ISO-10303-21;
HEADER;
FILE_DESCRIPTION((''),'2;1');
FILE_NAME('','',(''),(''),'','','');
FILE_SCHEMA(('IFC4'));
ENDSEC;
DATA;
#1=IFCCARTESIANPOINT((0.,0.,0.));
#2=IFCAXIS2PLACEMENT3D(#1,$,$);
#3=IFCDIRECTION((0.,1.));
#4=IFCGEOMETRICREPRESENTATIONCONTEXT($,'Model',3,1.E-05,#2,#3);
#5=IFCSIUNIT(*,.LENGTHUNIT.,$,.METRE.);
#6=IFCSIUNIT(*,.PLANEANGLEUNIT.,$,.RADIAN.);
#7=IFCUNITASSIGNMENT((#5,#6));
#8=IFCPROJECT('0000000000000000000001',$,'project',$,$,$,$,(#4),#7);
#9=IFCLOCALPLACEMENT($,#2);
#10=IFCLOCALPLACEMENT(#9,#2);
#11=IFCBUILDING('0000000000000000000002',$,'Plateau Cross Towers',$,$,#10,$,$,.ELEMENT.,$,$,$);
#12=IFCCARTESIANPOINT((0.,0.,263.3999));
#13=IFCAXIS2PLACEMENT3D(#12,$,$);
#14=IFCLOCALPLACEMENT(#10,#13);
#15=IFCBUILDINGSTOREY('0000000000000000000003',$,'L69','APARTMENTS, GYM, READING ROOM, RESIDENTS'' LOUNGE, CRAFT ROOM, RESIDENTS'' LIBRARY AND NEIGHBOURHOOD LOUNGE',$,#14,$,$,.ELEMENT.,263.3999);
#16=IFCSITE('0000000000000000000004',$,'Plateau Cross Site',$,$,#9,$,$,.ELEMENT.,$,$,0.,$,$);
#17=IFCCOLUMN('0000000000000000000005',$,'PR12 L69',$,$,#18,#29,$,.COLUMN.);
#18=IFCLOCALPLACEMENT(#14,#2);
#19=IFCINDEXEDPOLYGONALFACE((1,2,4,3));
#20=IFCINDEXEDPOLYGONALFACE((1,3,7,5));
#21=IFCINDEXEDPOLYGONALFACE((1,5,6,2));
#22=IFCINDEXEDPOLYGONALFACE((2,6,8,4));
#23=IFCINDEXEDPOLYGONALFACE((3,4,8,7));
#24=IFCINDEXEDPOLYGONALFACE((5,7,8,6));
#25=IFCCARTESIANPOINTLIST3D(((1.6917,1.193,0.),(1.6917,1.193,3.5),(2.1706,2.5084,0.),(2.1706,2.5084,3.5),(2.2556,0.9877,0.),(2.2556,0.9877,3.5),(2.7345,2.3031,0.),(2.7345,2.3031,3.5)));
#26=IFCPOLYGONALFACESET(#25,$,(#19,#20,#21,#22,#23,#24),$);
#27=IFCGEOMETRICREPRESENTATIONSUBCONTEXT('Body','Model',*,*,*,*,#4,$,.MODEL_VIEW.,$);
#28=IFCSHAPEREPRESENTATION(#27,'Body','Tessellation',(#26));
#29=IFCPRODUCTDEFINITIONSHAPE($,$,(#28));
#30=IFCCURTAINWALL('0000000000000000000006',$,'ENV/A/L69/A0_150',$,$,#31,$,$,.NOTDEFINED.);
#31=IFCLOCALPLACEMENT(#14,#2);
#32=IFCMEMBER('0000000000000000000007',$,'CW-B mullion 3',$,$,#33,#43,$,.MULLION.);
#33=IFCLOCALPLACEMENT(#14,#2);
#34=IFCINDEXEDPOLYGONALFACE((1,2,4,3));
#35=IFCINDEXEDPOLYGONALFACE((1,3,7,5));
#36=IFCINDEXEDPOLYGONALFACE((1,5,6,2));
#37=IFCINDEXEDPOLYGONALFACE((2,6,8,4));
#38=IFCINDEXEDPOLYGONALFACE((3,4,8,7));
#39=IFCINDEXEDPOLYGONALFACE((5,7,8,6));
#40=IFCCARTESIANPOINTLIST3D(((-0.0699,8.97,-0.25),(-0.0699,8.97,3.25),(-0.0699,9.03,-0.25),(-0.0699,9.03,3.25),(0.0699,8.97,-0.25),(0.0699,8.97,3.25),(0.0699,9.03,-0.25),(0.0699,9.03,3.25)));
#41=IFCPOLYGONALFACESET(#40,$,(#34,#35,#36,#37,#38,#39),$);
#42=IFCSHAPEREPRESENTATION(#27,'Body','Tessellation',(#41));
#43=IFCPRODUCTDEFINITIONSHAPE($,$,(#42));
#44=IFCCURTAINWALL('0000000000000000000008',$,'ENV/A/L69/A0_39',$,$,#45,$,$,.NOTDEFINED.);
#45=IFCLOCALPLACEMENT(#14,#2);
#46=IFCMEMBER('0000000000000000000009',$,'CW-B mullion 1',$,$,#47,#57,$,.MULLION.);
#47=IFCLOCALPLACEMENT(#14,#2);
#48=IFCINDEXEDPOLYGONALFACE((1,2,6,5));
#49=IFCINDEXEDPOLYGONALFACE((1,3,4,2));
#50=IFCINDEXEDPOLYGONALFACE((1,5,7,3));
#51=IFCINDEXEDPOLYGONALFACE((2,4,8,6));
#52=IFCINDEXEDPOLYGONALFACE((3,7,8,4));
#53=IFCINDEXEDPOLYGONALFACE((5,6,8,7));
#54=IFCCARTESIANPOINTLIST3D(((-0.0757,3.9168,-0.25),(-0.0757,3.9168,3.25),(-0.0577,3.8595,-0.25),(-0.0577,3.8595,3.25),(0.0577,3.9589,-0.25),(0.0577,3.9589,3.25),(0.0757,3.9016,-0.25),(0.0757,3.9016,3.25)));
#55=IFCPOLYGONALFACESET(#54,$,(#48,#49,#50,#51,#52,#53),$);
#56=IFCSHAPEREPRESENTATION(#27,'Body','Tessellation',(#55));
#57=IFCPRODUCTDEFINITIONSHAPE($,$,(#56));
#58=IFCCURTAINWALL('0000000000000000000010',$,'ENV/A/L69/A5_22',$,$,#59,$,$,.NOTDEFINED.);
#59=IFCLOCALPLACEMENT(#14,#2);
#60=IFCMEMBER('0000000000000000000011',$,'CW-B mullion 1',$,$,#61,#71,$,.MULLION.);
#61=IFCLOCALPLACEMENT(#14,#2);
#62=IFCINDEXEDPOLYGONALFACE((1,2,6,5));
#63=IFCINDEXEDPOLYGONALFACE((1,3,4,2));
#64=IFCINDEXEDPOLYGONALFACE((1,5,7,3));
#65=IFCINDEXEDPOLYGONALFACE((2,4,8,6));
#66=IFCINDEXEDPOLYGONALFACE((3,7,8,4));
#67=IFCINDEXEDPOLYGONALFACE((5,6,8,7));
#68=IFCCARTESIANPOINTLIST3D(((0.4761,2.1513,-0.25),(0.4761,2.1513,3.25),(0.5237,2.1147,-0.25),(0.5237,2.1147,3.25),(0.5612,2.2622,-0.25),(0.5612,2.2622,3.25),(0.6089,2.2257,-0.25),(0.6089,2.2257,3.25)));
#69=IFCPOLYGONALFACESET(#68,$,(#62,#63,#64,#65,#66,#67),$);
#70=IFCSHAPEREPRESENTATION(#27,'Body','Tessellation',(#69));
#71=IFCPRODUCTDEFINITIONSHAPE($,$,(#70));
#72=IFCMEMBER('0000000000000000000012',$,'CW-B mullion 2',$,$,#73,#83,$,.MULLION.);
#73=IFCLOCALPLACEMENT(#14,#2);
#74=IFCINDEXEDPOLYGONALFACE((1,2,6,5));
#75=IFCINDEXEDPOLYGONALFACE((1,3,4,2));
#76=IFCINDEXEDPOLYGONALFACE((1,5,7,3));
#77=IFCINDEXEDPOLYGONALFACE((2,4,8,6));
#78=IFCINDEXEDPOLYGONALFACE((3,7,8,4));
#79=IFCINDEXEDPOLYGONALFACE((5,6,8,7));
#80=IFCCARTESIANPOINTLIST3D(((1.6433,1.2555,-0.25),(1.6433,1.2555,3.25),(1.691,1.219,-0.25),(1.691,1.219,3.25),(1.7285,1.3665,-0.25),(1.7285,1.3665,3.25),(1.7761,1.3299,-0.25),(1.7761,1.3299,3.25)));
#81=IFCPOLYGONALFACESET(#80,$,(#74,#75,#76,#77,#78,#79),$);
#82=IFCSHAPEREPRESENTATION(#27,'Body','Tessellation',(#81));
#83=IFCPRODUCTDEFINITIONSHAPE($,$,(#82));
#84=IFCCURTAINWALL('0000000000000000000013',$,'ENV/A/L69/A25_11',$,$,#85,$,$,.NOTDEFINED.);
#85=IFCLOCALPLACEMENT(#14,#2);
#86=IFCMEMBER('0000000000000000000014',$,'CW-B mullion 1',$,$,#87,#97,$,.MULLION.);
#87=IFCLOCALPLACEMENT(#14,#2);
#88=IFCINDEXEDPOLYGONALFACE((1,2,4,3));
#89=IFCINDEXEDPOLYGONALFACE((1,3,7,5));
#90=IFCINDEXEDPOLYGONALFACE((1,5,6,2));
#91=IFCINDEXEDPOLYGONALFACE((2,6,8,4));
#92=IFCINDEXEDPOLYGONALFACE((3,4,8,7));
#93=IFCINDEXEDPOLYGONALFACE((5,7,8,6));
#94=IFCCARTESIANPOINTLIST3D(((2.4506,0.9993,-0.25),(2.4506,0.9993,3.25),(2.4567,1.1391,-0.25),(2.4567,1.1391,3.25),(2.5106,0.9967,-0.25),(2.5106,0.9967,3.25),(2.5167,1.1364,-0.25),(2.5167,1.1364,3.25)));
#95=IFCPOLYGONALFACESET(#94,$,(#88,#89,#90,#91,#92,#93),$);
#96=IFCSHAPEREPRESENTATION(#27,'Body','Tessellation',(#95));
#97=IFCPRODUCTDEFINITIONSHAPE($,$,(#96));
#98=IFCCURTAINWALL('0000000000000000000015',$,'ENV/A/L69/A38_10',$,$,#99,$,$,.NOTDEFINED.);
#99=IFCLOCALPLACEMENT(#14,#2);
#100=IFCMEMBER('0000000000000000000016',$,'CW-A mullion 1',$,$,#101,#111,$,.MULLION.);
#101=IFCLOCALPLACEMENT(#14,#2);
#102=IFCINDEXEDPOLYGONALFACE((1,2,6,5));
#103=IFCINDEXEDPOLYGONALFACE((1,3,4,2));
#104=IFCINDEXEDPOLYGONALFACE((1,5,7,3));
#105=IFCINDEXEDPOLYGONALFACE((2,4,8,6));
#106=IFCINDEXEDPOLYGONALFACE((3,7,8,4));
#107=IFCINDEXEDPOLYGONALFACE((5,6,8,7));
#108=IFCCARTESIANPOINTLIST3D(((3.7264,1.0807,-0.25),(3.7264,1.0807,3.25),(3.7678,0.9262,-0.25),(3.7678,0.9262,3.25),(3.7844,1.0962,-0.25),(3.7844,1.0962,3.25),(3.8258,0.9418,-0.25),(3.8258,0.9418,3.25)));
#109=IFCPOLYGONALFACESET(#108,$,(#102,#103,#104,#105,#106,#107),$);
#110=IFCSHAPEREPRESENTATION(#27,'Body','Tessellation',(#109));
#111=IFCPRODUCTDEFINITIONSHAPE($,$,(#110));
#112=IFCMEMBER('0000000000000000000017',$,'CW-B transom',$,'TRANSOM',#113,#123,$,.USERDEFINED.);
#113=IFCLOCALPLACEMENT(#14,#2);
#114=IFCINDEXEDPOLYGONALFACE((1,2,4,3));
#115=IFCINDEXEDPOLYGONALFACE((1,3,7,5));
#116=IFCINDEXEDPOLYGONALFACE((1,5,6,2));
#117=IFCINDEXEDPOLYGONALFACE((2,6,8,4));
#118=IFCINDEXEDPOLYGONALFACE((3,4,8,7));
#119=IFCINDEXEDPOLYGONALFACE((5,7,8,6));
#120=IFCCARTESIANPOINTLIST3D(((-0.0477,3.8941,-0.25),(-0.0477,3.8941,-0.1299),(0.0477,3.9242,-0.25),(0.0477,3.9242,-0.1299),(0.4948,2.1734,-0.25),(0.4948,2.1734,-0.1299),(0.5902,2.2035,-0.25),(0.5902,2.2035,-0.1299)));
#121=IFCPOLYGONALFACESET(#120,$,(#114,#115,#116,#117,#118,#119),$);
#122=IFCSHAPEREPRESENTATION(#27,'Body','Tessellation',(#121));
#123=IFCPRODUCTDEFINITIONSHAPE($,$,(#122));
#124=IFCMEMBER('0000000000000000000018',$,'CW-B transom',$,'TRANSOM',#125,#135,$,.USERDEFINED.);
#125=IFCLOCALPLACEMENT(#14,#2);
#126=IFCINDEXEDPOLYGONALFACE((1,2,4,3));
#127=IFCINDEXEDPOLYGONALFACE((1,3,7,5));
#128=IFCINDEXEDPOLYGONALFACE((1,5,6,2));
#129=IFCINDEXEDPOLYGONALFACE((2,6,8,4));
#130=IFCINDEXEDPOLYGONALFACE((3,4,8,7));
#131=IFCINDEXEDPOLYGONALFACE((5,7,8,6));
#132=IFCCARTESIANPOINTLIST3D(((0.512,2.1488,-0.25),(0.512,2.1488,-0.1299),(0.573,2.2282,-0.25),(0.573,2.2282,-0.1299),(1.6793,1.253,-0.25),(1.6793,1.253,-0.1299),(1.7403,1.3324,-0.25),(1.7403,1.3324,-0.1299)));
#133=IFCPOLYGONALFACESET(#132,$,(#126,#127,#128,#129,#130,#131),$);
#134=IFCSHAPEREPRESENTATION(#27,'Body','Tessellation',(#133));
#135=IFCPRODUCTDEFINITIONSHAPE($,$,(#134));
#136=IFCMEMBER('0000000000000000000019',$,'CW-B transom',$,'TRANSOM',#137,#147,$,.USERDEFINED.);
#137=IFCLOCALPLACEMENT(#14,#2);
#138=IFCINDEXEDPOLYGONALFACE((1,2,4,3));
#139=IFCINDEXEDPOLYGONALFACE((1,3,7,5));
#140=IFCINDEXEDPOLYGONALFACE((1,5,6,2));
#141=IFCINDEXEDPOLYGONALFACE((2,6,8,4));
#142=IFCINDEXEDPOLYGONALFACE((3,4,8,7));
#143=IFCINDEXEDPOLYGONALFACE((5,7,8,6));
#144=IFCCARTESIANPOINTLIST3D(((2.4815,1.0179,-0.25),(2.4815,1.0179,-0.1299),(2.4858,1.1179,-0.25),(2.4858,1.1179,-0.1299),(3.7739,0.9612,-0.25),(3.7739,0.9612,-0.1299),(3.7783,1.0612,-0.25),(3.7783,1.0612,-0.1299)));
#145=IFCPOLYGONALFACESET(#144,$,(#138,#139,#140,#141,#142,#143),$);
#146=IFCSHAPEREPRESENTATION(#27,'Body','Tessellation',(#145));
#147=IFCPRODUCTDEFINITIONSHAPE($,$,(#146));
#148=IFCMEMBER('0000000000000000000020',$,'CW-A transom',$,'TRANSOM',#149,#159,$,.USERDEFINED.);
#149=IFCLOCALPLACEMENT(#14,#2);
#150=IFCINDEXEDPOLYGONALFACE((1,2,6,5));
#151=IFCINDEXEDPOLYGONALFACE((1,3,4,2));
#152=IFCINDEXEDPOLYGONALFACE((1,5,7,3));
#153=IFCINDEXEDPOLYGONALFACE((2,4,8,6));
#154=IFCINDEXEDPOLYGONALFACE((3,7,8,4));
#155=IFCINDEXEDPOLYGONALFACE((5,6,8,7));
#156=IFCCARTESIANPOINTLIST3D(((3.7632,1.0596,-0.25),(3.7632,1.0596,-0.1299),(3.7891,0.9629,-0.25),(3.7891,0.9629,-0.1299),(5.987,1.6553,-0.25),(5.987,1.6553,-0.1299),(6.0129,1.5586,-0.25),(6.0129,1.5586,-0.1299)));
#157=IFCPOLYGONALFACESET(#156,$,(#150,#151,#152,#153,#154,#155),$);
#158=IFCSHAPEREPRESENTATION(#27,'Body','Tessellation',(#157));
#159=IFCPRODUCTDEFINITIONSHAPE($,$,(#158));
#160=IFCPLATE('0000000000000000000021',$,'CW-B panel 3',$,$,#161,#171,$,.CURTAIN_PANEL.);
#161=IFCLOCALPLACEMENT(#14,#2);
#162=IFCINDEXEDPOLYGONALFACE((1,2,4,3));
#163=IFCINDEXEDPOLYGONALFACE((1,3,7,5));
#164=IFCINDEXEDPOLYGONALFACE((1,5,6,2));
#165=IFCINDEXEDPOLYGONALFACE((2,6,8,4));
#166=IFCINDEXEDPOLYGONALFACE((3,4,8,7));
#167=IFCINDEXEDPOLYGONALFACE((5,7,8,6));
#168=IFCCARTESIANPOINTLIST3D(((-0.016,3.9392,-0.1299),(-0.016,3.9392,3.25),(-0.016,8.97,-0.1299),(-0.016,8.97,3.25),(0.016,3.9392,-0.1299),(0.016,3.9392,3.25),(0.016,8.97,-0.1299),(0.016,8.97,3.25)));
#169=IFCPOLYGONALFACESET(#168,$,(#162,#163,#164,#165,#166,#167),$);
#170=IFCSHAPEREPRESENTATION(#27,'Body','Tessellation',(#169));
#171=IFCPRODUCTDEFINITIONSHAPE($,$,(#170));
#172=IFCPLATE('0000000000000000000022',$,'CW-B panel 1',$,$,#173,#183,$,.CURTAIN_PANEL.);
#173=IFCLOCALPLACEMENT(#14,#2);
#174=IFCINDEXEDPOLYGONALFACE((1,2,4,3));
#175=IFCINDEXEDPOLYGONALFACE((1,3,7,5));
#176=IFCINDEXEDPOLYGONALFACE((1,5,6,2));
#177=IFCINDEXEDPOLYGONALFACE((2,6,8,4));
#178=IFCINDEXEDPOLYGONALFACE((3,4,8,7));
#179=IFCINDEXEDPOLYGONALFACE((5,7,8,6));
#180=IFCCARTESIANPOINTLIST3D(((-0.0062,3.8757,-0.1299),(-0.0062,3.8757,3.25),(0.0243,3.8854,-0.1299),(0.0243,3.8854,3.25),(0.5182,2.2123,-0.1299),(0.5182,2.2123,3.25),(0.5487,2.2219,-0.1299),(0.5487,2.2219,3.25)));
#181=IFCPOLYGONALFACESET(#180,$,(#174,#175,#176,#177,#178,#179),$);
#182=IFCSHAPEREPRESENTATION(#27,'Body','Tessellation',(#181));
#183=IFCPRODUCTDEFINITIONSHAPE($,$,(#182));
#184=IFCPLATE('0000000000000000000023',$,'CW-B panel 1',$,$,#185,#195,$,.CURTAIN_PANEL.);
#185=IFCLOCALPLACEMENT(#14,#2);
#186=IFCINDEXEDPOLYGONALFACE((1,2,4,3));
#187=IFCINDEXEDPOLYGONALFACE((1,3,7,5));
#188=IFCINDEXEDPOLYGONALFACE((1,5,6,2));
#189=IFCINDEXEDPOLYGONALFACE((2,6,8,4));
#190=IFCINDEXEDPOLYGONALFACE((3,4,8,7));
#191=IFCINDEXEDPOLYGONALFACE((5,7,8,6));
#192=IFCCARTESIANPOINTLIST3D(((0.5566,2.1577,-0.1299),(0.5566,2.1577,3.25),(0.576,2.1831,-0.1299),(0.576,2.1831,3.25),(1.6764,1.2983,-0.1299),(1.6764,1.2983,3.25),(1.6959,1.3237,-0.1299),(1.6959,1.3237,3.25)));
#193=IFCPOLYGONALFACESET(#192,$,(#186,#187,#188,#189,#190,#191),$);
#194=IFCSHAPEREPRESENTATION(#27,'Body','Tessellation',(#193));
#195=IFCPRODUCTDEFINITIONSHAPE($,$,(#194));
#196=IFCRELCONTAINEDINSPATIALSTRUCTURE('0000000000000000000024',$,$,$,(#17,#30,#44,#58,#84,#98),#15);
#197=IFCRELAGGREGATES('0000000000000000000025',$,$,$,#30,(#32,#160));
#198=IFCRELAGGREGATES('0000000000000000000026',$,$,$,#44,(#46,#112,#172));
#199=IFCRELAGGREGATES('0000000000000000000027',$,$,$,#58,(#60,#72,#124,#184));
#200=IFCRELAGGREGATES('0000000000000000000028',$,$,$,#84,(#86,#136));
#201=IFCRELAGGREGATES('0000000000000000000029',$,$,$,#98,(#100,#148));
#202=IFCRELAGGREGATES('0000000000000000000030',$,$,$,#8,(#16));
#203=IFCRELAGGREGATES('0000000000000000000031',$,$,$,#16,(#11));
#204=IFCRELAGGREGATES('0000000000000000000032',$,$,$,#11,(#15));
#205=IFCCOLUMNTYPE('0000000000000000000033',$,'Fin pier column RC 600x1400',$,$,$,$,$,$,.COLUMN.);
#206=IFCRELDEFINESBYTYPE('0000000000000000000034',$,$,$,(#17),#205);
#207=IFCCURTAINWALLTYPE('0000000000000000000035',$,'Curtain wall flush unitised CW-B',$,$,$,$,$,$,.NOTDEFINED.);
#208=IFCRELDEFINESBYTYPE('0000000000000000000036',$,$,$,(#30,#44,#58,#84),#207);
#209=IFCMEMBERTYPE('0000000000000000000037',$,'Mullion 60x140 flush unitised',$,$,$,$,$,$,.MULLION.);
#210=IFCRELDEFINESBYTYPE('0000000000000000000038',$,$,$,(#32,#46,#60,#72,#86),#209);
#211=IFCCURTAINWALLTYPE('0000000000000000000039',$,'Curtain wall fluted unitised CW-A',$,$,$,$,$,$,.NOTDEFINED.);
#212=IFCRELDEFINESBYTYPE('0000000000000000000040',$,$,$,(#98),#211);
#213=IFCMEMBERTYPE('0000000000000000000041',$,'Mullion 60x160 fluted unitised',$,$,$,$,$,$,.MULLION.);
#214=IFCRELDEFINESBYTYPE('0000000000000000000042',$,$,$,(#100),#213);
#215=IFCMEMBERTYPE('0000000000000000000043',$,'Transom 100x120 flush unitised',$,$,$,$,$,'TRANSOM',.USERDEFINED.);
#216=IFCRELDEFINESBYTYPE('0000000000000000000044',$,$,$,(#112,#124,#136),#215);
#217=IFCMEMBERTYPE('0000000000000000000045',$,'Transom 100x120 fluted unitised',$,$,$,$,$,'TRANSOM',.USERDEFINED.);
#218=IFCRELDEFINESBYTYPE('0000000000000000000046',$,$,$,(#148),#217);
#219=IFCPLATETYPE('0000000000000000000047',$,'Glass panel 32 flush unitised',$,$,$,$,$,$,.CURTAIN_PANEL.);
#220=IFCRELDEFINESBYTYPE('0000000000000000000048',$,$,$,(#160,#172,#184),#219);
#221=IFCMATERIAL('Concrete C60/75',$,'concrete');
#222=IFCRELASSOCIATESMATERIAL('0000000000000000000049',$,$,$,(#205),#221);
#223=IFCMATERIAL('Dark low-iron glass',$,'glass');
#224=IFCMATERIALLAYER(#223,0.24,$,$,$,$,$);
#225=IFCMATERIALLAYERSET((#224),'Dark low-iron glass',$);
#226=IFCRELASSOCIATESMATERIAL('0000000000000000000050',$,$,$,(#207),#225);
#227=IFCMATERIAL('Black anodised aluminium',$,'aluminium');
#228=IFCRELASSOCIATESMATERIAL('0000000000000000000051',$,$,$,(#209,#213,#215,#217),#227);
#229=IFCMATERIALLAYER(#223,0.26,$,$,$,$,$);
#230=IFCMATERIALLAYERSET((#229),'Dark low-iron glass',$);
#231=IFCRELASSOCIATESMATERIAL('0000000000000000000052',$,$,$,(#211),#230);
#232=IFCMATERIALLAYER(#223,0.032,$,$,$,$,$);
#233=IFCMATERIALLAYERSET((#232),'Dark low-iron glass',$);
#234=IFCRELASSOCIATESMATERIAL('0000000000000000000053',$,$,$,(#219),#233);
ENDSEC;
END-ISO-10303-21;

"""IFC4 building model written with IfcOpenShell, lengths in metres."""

from ifc_helpers import new_model, si_unit, direction, frame, origin, origin_2d, place, context, subcontext, project, spatial, rectangle, extrude, material, layer, layer_set, material_profile, profile_set, type_object, element, aggregate, save


model = new_model("IFC4")

# Units and contexts
model_context = context("Model", 3, precision=1e-05, world=origin(), true_north=direction((0.0, 1.0)))
body_context = subcontext(model_context, "Body", "Model", "MODEL_VIEW")
ifc_project = project(units=[si_unit("LENGTHUNIT", "METRE"), si_unit("PLANEANGLEUNIT", "RADIAN")], contexts=[model_context])

# Site, building, storey
site_placement = place(None, origin())
site = spatial("IfcSite", under=ifc_project, at=site_placement, Name="Plateau Cross Site", CompositionType="ELEMENT", RefElevation=0.0)
building_placement = place(site_placement, origin())
building = spatial("IfcBuilding", under=site, at=building_placement, Name="Plateau Cross Towers", CompositionType="ELEMENT")
storey_placement = place(building_placement, frame((0.0, 0.0, 263.3999)))
storey = spatial("IfcBuildingStorey", under=building, at=storey_placement, Name="L69", Description="APARTMENTS, GYM, READING ROOM, RESIDENTS' LOUNGE, CRAFT ROOM, RESIDENTS' LIBRARY AND NEIGHBOURHOOD LOUNGE", CompositionType="ELEMENT", Elevation=263.3999)

# Column
ifc_material_1 = material(Name="Concrete C60/75", Category="concrete")
ifc_material_profile_1 = material_profile(ifc_material_1, rectangle(XDim=0.6001, YDim=1.3999, at=origin_2d()), Name="RC 600x1400")
ifc_profile_set_1 = profile_set([ifc_material_profile_1], Name="Concrete C60/75")
column_type = type_object("IfcColumnType", Name="Fin pier column RC 600x1400", PredefinedType="COLUMN", material=ifc_profile_set_1)
column_placement = place(storey_placement, frame((2.2131, 1.748, 0.0), z_axis=(0.0, 0.0, 1.0), x_axis=(-0.939664, 0.342098, 0.0)))
element("IfcColumn", 1, at=column_placement, inside=storey, type_object=column_type, Name="PR12 L69", PredefinedType="COLUMN", context=body_context, shape_type="SweptSolid", body=[
    extrude(rectangle(XDim=0.6001, YDim=1.3999, at=origin_2d()), origin(), (0.0, 0.0, 1.0), 3.5),
])

# Curtain walls, members
ifc_material_2 = material(Name="Dark low-iron glass", Category="glass")
ifc_layer_1 = layer(ifc_material_2, 0.24)
ifc_layer_set_1 = layer_set([ifc_layer_1], Name="Dark low-iron glass")
curtain_wall_type_1 = type_object("IfcCurtainWallType", Name="Curtain wall flush unitised CW-B", PredefinedType="NOTDEFINED", material=ifc_layer_set_1)
curtain_wall_1_placement = place(storey_placement, origin())
curtain_wall_1 = element("IfcCurtainWall", 2, at=curtain_wall_1_placement, inside=storey, type_object=curtain_wall_type_1, Name="ENV/A/L69/A0_150", PredefinedType="NOTDEFINED")
ifc_material_3 = material(Name="Black anodised aluminium", Category="aluminium")
ifc_material_profile_2 = material_profile(ifc_material_3, rectangle(XDim=0.0601, YDim=0.1399, at=origin_2d()), Name="MULLION 60x140")
ifc_profile_set_2 = profile_set([ifc_material_profile_2], Name="Black anodised aluminium")
member_type_1 = type_object("IfcMemberType", Name="Mullion 60x140 flush unitised", PredefinedType="MULLION", material=ifc_profile_set_2)
member_1_placement = place(storey_placement, frame((0.0, 9.0, -0.25), z_axis=(0.0, 0.0, 1.0), x_axis=(0.0, -1.0, 0.0)))
member_1 = element("IfcMember", 3, at=member_1_placement, type_object=member_type_1, Name="CW-B mullion 3", PredefinedType="MULLION", context=body_context, shape_type="SweptSolid", body=[
    extrude(rectangle(XDim=0.0601, YDim=0.1399, at=origin_2d()), origin(), (0.0, 0.0, 1.0), 3.5),
])
curtain_wall_2_placement = place(storey_placement, origin())
curtain_wall_2 = element("IfcCurtainWall", 4, at=curtain_wall_2_placement, inside=storey, type_object=curtain_wall_type_1, Name="ENV/A/L69/A0_39", PredefinedType="NOTDEFINED")
member_2_placement = place(storey_placement, frame((0.0, 3.9092, -0.25), z_axis=(0.0, 0.0, 1.0), x_axis=(0.300686, -0.953723, 0.0)))
member_2 = element("IfcMember", 5, at=member_2_placement, type_object=member_type_1, Name="CW-B mullion 1", PredefinedType="MULLION", context=body_context, shape_type="SweptSolid", body=[
    extrude(rectangle(XDim=0.0601, YDim=0.1399, at=origin_2d()), origin(), (0.0, 0.0, 1.0), 3.5),
])

# Curtain wall, members
curtain_wall_3_placement = place(storey_placement, origin())
curtain_wall_3 = element("IfcCurtainWall", 6, at=curtain_wall_3_placement, inside=storey, type_object=curtain_wall_type_1, Name="ENV/A/L69/A5_22", PredefinedType="NOTDEFINED")
member_3_placement = place(storey_placement, frame((0.5425, 2.1885, -0.25), z_axis=(0.0, 0.0, 1.0), x_axis=(0.793316, -0.608811, 0.0)))
member_3 = element("IfcMember", 7, at=member_3_placement, type_object=member_type_1, Name="CW-B mullion 1", PredefinedType="MULLION", context=body_context, shape_type="SweptSolid", body=[
    extrude(rectangle(XDim=0.0601, YDim=0.1399, at=origin_2d()), origin(), (0.0, 0.0, 1.0), 3.5),
])
member_4_placement = place(storey_placement, frame((1.7097, 1.2927, -0.25), z_axis=(0.0, 0.0, 1.0), x_axis=(0.793316, -0.608811, 0.0)))
member_4 = element("IfcMember", 8, at=member_4_placement, type_object=member_type_1, Name="CW-B mullion 2", PredefinedType="MULLION", context=body_context, shape_type="SweptSolid", body=[
    extrude(rectangle(XDim=0.0601, YDim=0.1399, at=origin_2d()), origin(), (0.0, 0.0, 1.0), 3.5),
])

# Curtain walls, members
curtain_wall_4_placement = place(storey_placement, origin())
curtain_wall_4 = element("IfcCurtainWall", 9, at=curtain_wall_4_placement, inside=storey, type_object=curtain_wall_type_1, Name="ENV/A/L69/A25_11", PredefinedType="NOTDEFINED")
member_5_placement = place(storey_placement, frame((2.4836, 1.0679, -0.25), z_axis=(0.0, 0.0, 1.0), x_axis=(0.999044, -0.043723, 0.0)))
member_5 = element("IfcMember", 10, at=member_5_placement, type_object=member_type_1, Name="CW-B mullion 1", PredefinedType="MULLION", context=body_context, shape_type="SweptSolid", body=[
    extrude(rectangle(XDim=0.0601, YDim=0.1399, at=origin_2d()), origin(), (0.0, 0.0, 1.0), 3.5),
])
ifc_layer_2 = layer(ifc_material_2, 0.26)
ifc_layer_set_2 = layer_set([ifc_layer_2], Name="Dark low-iron glass")
curtain_wall_type_2 = type_object("IfcCurtainWallType", Name="Curtain wall fluted unitised CW-A", PredefinedType="NOTDEFINED", material=ifc_layer_set_2)
curtain_wall_5_placement = place(storey_placement, origin())
curtain_wall_5 = element("IfcCurtainWall", 11, at=curtain_wall_5_placement, inside=storey, type_object=curtain_wall_type_2, Name="ENV/A/L69/A38_10", PredefinedType="NOTDEFINED")
ifc_material_profile_3 = material_profile(ifc_material_3, rectangle(XDim=0.0601, YDim=0.1599, at=origin_2d()), Name="MULLION 60x160")
ifc_profile_set_3 = profile_set([ifc_material_profile_3], Name="Black anodised aluminium")
member_type_2 = type_object("IfcMemberType", Name="Mullion 60x160 fluted unitised", PredefinedType="MULLION", material=ifc_profile_set_3)
member_6_placement = place(storey_placement, frame((3.7761, 1.0112, -0.25), z_axis=(0.0, 0.0, 1.0), x_axis=(0.965958, 0.258699, 0.0)))
member_6 = element("IfcMember", 12, at=member_6_placement, type_object=member_type_2, Name="CW-A mullion 1", PredefinedType="MULLION", context=body_context, shape_type="SweptSolid", body=[
    extrude(rectangle(XDim=0.0601, YDim=0.1599, at=origin_2d()), origin(), (0.0, 0.0, 1.0), 3.5),
])

# Members
ifc_material_profile_4 = material_profile(ifc_material_3, rectangle(XDim=0.1001, YDim=0.1201, at=origin_2d()), Name="TRANSOM 100x120")
ifc_profile_set_4 = profile_set([ifc_material_profile_4], Name="Black anodised aluminium")
member_type_3 = type_object("IfcMemberType", Name="Transom 100x120 flush unitised", ElementType="TRANSOM", PredefinedType="USERDEFINED", material=ifc_profile_set_4)
member_7_placement = place(storey_placement, frame((0.0, 3.9092, -0.1899), z_axis=(0.300678, -0.953726, 0.0), x_axis=(0.953726, 0.300678, 0.0)))
member_7 = element("IfcMember", 13, at=member_7_placement, type_object=member_type_3, Name="CW-B transom", ObjectType="TRANSOM", PredefinedType="USERDEFINED", context=body_context, shape_type="SweptSolid", body=[
    extrude(rectangle(XDim=0.1001, YDim=0.1201, at=origin_2d()), origin(), (0.0, 0.0, 1.0), 1.8042),
])
member_8_placement = place(storey_placement, frame((0.5425, 2.1885, -0.1899), z_axis=(0.793321, -0.608804, 0.0), x_axis=(0.608804, 0.793321, 0.0)))
member_8 = element("IfcMember", 14, at=member_8_placement, type_object=member_type_3, Name="CW-B transom", ObjectType="TRANSOM", PredefinedType="USERDEFINED", context=body_context, shape_type="SweptSolid", body=[
    extrude(rectangle(XDim=0.1001, YDim=0.1201, at=origin_2d()), origin(), (0.0, 0.0, 1.0), 1.4714),
])
member_9_placement = place(storey_placement, frame((2.4836, 1.0679, -0.1899), z_axis=(0.999041, -0.043781, 0.0), x_axis=(0.043781, 0.999041, 0.0)))
member_9 = element("IfcMember", 15, at=member_9_placement, type_object=member_type_3, Name="CW-B transom", ObjectType="TRANSOM", PredefinedType="USERDEFINED", context=body_context, shape_type="SweptSolid", body=[
    extrude(rectangle(XDim=0.1001, YDim=0.1201, at=origin_2d()), origin(), (0.0, 0.0, 1.0), 1.2937),
])
ifc_material_profile_5 = material_profile(ifc_material_3, rectangle(XDim=0.1001, YDim=0.1201, at=origin_2d()), Name="TRANSOM 100x120")
ifc_profile_set_5 = profile_set([ifc_material_profile_5], Name="Black anodised aluminium")
member_type_4 = type_object("IfcMemberType", Name="Transom 100x120 fluted unitised", ElementType="TRANSOM", PredefinedType="USERDEFINED", material=ifc_profile_set_5)
member_10_placement = place(storey_placement, frame((3.7761, 1.0112, -0.1899), z_axis=(0.965946, 0.258745, 0.0), x_axis=(-0.258745, 0.965946, 0.0)))
member_10 = element("IfcMember", 16, at=member_10_placement, type_object=member_type_4, Name="CW-A transom", ObjectType="TRANSOM", PredefinedType="USERDEFINED", context=body_context, shape_type="SweptSolid", body=[
    extrude(rectangle(XDim=0.1001, YDim=0.1201, at=origin_2d()), origin(), (0.0, 0.0, 1.0), 2.3022),
])

# Plates
ifc_layer_3 = layer(ifc_material_2, 0.032)
ifc_layer_set_3 = layer_set([ifc_layer_3], Name="Dark low-iron glass")
plate_type_1 = type_object("IfcPlateType", Name="Glass panel 32 flush unitised", PredefinedType="CURTAIN_PANEL", material=ifc_layer_set_3)
plate_1_placement = place(storey_placement, frame((0.0, 6.4546, -0.1299), z_axis=(0.0, 0.0, 1.0), x_axis=(0.0, -1.0, 0.0)))
plate_1 = element("IfcPlate", 17, at=plate_1_placement, type_object=plate_type_1, Name="CW-B panel 3", PredefinedType="CURTAIN_PANEL", context=body_context, shape_type="SweptSolid", body=[
    extrude(rectangle(XDim=5.0308, YDim=0.032, at=origin_2d()), origin(), (0.0, 0.0, 1.0), 3.3799),
])
aggregate(curtain_wall_1, [member_1, plate_1])
plate_2_placement = place(storey_placement, frame((0.2712, 3.0488, -0.1299), z_axis=(0.0, 0.0, 1.0), x_axis=(0.300686, -0.953723, 0.0)))
plate_2 = element("IfcPlate", 18, at=plate_2_placement, type_object=plate_type_1, Name="CW-B panel 1", PredefinedType="CURTAIN_PANEL", context=body_context, shape_type="SweptSolid", body=[
    extrude(rectangle(XDim=1.7441, YDim=0.032, at=origin_2d()), origin(), (0.0, 0.0, 1.0), 3.3799),
])
aggregate(curtain_wall_2, [member_2, member_7, plate_2])
plate_3_placement = place(storey_placement, frame((1.1262, 1.7407, -0.1299), z_axis=(0.0, 0.0, 1.0), x_axis=(0.793316, -0.608811, 0.0)))
plate_3 = element("IfcPlate", 19, at=plate_3_placement, type_object=plate_type_1, Name="CW-B panel 1", PredefinedType="CURTAIN_PANEL", context=body_context, shape_type="SweptSolid", body=[
    extrude(rectangle(XDim=1.4116, YDim=0.032, at=origin_2d()), origin(), (0.0, 0.0, 1.0), 3.3799),
])
aggregate(curtain_wall_3, [member_3, member_4, member_8, plate_3])
aggregate(curtain_wall_4, [member_5, member_9])
aggregate(curtain_wall_5, [member_6, member_10])

save(model, "model.ifc")
